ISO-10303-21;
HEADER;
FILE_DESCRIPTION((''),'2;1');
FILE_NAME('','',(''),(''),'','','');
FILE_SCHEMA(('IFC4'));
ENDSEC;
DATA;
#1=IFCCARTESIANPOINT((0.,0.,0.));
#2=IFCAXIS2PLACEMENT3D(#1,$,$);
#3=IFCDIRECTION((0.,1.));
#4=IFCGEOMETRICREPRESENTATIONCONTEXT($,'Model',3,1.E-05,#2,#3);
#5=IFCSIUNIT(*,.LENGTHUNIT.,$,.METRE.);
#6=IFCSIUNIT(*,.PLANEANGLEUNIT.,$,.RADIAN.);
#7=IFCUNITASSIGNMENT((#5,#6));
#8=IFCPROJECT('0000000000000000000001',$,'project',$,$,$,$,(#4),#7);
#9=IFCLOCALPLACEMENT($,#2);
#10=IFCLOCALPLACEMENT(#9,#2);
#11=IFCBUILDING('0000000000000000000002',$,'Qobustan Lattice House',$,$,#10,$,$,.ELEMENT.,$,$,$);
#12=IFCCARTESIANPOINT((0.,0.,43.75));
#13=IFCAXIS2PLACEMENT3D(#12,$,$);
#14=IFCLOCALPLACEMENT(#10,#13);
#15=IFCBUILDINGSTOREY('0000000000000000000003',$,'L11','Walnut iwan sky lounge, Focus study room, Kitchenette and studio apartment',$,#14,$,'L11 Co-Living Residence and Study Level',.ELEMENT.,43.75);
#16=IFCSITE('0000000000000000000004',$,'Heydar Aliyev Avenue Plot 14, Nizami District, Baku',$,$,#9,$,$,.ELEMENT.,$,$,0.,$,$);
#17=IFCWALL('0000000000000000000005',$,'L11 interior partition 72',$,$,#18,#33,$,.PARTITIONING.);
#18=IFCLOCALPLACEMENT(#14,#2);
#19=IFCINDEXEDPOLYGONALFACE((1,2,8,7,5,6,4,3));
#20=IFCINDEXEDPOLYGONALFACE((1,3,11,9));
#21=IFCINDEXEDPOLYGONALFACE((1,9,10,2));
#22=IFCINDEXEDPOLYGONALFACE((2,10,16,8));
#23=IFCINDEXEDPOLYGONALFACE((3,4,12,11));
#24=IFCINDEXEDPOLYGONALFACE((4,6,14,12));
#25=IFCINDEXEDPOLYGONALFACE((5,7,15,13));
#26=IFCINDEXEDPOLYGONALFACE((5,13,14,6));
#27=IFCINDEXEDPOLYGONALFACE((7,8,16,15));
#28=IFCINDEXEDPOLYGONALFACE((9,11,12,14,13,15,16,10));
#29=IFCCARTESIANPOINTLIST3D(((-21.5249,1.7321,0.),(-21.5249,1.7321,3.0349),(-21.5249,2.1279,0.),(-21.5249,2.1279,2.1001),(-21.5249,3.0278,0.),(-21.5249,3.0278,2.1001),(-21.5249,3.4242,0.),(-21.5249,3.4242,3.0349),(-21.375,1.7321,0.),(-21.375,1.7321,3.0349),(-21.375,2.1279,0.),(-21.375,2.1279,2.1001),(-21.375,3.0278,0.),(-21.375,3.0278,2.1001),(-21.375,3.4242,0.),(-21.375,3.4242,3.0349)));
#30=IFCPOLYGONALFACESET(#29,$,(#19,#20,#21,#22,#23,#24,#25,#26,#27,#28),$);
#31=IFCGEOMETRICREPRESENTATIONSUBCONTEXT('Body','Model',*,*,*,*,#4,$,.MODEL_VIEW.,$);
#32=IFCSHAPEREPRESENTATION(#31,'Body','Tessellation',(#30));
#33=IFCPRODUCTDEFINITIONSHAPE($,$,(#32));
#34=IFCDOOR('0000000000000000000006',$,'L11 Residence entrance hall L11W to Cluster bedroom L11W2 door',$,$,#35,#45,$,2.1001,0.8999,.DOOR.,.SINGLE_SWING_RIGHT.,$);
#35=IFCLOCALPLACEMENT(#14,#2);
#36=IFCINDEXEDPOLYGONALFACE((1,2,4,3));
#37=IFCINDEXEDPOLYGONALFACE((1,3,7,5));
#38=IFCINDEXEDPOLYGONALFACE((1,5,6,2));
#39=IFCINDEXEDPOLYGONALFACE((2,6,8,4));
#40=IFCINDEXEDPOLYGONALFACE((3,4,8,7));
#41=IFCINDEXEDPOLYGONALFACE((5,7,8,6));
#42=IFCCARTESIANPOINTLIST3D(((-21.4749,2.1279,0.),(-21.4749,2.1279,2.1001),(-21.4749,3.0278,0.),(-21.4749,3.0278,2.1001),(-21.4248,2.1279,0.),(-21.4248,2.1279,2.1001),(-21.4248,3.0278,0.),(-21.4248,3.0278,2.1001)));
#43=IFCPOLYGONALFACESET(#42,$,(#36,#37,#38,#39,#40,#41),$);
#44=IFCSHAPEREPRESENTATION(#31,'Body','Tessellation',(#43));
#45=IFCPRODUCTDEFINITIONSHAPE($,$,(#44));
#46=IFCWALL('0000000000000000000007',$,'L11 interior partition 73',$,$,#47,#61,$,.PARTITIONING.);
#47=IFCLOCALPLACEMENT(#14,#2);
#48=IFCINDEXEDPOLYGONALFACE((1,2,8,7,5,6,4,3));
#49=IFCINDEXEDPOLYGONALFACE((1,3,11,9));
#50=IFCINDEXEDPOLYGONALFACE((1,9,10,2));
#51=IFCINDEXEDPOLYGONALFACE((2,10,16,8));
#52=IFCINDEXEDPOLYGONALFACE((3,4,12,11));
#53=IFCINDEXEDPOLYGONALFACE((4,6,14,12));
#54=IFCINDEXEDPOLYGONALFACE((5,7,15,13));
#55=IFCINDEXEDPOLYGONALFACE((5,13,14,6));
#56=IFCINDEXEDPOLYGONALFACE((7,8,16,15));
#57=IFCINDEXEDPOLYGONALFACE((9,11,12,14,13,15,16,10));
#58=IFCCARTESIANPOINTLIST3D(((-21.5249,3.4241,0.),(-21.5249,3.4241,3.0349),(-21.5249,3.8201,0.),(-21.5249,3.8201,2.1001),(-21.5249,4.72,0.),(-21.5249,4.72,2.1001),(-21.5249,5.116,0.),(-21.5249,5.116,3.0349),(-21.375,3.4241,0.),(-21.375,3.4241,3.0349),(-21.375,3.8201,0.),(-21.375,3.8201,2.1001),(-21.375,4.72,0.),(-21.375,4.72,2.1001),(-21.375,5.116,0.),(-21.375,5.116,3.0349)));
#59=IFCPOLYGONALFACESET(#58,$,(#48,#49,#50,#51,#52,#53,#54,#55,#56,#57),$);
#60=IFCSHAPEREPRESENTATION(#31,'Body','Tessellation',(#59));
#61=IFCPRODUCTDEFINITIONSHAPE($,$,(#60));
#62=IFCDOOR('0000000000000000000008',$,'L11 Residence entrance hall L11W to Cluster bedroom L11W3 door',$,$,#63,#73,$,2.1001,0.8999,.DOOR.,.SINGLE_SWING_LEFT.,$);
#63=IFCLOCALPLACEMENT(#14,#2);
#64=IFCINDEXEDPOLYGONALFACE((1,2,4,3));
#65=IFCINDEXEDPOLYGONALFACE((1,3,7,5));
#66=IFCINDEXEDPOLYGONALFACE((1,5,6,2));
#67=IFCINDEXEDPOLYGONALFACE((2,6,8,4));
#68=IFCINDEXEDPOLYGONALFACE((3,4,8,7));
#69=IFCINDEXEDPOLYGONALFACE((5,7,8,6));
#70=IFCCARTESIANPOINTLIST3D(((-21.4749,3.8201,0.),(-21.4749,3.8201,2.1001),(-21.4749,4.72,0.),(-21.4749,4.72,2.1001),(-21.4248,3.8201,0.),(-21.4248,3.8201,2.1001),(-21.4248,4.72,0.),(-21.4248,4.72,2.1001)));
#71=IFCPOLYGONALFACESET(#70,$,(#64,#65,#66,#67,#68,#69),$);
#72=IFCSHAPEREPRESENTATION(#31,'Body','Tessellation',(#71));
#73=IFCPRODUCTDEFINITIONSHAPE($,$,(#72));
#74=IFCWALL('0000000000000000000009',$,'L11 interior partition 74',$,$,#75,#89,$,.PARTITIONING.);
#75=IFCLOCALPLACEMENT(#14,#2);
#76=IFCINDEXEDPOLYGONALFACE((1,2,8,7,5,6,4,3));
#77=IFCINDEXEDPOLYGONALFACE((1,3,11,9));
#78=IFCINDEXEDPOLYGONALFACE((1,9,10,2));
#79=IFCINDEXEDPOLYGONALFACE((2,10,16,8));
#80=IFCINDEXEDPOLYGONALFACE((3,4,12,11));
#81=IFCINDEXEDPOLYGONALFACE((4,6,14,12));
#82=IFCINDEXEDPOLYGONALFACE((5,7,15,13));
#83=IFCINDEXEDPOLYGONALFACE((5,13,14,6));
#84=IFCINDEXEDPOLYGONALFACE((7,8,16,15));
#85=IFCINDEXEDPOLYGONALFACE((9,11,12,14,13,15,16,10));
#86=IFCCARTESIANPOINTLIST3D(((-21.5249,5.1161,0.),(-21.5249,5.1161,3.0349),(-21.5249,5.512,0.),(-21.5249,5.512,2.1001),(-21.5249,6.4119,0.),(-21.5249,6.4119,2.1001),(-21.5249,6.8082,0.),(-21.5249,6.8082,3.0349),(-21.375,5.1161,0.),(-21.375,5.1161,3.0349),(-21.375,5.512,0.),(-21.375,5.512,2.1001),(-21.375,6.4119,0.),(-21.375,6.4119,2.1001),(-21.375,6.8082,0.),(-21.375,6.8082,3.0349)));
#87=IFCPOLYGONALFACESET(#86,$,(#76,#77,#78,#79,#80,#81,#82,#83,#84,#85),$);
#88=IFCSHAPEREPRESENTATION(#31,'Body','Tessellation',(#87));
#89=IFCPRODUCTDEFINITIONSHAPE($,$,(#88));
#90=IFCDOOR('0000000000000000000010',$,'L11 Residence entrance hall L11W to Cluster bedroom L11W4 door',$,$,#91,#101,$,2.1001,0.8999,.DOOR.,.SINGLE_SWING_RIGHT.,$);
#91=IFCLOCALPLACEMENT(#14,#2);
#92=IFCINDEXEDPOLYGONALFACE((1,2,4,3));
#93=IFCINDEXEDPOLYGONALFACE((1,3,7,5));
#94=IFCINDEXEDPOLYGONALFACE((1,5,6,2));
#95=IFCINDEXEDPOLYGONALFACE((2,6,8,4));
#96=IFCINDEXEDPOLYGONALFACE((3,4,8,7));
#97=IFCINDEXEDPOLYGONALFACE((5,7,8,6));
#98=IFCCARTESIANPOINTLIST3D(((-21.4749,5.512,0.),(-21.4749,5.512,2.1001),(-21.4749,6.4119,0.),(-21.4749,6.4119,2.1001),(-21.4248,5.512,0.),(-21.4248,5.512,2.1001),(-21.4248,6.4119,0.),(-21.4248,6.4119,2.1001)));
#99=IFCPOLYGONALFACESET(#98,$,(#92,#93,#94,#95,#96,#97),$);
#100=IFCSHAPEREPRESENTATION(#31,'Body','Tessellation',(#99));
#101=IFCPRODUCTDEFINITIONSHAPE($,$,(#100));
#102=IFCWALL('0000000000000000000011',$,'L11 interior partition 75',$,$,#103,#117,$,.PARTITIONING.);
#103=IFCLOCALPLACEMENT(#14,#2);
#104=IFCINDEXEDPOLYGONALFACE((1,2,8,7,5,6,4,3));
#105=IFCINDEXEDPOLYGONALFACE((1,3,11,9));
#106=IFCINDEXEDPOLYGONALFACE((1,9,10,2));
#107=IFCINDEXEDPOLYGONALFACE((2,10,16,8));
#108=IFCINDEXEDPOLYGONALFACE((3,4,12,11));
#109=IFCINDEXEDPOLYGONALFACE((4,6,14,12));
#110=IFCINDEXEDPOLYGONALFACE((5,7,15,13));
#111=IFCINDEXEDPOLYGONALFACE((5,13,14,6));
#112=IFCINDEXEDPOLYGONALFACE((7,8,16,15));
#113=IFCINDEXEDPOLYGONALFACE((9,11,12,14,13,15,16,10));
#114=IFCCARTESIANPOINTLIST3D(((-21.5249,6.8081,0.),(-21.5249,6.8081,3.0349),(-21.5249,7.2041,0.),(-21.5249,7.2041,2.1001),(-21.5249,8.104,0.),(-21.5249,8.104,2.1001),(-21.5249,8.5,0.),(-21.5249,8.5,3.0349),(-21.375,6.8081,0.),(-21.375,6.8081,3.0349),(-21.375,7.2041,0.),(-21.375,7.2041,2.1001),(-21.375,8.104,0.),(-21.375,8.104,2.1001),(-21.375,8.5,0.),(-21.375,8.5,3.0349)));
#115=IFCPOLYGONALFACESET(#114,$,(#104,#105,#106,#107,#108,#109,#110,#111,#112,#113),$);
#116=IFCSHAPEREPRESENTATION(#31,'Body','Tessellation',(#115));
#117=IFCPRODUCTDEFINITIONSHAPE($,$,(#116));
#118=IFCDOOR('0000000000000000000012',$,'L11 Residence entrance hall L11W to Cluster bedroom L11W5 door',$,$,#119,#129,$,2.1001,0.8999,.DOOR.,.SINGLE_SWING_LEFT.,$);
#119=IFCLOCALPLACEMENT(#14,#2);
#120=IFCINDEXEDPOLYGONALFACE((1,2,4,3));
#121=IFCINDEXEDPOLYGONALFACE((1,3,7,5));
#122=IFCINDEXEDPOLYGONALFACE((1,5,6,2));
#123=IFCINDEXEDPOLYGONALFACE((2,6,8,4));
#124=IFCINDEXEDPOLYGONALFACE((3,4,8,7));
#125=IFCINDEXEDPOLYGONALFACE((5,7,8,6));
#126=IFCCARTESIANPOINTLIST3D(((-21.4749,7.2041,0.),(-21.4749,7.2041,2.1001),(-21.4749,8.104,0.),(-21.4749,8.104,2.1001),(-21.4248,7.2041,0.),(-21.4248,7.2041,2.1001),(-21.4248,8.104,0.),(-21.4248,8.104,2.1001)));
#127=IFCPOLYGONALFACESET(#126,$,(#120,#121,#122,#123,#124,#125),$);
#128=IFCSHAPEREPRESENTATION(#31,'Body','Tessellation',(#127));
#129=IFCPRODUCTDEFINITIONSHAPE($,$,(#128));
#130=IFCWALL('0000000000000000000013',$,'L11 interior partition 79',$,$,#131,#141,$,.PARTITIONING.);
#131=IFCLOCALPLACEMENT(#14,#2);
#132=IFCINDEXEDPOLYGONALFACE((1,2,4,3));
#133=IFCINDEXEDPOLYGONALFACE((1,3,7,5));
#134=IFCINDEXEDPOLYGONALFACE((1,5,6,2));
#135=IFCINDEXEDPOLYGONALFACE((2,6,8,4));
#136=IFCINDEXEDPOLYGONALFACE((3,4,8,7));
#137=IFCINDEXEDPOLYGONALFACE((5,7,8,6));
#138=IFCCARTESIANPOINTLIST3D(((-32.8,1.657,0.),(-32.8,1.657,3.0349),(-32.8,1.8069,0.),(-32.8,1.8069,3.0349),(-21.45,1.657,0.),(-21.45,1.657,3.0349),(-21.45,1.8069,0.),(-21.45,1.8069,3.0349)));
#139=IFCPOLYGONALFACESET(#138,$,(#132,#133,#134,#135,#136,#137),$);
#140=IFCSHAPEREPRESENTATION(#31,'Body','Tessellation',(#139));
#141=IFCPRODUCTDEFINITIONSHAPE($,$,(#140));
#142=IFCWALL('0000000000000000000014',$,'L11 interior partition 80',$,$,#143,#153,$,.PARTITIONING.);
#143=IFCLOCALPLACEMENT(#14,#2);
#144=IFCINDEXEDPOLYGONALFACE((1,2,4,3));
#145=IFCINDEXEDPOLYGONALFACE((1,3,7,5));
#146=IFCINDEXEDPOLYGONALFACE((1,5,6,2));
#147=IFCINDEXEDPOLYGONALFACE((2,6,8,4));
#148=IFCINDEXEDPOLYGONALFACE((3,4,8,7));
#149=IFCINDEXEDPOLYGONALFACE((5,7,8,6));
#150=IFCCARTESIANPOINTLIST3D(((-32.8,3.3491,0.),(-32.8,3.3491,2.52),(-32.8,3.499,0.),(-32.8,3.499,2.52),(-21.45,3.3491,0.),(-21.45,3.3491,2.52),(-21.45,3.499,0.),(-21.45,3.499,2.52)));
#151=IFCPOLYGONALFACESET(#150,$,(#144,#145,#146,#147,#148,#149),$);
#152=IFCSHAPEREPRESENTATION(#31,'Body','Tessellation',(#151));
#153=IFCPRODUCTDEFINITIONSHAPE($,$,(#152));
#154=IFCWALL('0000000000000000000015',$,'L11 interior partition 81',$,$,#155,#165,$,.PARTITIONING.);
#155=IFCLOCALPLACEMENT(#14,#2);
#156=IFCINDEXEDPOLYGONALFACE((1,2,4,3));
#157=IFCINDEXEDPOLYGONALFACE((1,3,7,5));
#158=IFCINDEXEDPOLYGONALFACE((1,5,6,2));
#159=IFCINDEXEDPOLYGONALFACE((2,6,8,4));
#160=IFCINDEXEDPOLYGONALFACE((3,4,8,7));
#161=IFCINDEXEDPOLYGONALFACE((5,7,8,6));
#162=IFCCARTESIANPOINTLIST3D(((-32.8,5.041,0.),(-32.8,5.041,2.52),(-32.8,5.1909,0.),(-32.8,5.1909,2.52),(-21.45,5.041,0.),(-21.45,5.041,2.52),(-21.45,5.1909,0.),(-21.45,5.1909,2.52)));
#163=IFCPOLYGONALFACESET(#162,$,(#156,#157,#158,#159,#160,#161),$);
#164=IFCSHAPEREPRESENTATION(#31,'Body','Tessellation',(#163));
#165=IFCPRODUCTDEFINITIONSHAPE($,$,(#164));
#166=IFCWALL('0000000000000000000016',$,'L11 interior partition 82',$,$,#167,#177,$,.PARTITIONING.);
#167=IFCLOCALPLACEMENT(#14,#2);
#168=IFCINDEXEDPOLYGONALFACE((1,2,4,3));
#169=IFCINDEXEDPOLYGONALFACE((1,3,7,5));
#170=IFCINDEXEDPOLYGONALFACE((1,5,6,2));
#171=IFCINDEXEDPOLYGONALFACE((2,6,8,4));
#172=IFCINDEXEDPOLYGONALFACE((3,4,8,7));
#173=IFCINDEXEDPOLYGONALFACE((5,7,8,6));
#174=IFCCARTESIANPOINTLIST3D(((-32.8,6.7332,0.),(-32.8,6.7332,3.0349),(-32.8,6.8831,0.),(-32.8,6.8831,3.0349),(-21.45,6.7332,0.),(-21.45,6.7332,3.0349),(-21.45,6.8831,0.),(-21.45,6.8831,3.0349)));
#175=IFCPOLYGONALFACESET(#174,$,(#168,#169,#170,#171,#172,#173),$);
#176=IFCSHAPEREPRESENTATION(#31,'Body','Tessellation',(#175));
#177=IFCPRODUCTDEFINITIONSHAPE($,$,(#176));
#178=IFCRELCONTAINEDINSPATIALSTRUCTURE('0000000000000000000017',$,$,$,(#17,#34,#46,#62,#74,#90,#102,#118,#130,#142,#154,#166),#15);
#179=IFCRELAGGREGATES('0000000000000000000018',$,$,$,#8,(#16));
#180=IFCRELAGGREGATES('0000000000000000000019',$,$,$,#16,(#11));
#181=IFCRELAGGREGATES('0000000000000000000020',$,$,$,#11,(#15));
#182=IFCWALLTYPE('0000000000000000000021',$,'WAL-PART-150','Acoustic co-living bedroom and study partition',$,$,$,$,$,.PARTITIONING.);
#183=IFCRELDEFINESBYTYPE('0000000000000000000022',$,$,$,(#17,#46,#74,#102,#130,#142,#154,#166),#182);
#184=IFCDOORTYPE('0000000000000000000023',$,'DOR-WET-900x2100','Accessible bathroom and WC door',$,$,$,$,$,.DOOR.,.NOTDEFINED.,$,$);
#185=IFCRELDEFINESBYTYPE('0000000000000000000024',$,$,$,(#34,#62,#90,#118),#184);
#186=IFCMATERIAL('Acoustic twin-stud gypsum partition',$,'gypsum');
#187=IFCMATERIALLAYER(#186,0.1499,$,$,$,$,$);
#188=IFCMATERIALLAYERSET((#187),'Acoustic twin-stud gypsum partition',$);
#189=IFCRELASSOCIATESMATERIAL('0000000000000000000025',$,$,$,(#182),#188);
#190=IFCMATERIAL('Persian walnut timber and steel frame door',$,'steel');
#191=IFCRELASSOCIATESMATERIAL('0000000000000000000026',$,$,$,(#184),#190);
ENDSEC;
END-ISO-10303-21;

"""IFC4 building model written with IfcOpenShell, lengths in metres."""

from ifc_helpers import new_model, si_unit, direction, frame, frame_2d, origin, place, context, subcontext, project, spatial, rectangle, extrude, material, layer, layer_set, type_object, element, fill, save


model = new_model("IFC4")

# Units and contexts
model_context = context("Model", 3, precision=1e-05, world=origin(), true_north=direction((0.0, 1.0)))
body_context = subcontext(model_context, "Body", "Model", "MODEL_VIEW")
ifc_project = project(units=[si_unit("LENGTHUNIT", "METRE"), si_unit("PLANEANGLEUNIT", "RADIAN")], contexts=[model_context])

# Site, building, storey
site_placement = place(None, origin())
site = spatial("IfcSite", under=ifc_project, at=site_placement, Name="Heydar Aliyev Avenue Plot 14, Nizami District, Baku", CompositionType="ELEMENT", RefElevation=0.0)
building_placement = place(site_placement, origin())
building = spatial("IfcBuilding", under=site, at=building_placement, Name="Qobustan Lattice House", CompositionType="ELEMENT")
storey_placement = place(building_placement, frame((0.0, 0.0, 43.75)))
storey = spatial("IfcBuildingStorey", under=building, at=storey_placement, Name="L11", Description="Walnut iwan sky lounge, Focus study room, Kitchenette and studio apartment", LongName="L11 Co-Living Residence and Study Level", CompositionType="ELEMENT", Elevation=43.75)

# Shared definitions
ifc_material_1 = material(Name="Acoustic twin-stud gypsum partition", Category="gypsum")
ifc_layer_1 = layer(ifc_material_1, 0.1499)
ifc_layer_set_1 = layer_set([ifc_layer_1], Name="Acoustic twin-stud gypsum partition")
wall_type_1 = type_object("IfcWallType", Name="WAL-PART-150", Description="Acoustic co-living bedroom and study partition", PredefinedType="PARTITIONING", material=ifc_layer_set_1)

# Walls, openings, doors
wall_1_placement = place(storey_placement, frame((-21.45, 1.7319, 0.0), z_axis=(0.0, 0.0, 1.0), x_axis=(0.0, 1.0, 0.0)))
wall_1 = element("IfcWall", 1, at=wall_1_placement, inside=storey, type_object=wall_type_1, Name="L11 interior partition 72", PredefinedType="PARTITIONING", context=body_context, shape_type="SweptSolid", body=[
    extrude(rectangle(XDim=1.6921, YDim=0.1499, at=frame_2d((0.8462, 0.0))), origin(), (0.0, 0.0, 1.0), 3.0349),
])
opening_1_placement = place(wall_1_placement, frame((0.396, 0.0, 0.0)))
opening_1 = element("IfcOpeningElement", 2, at=opening_1_placement, cuts=wall_1, PredefinedType="OPENING", context=body_context, shape_type="SweptSolid", body=[
    extrude(rectangle(XDim=0.8999, YDim=2.1001, at=frame_2d((0.45, 1.05))), frame((0.0, 0.085, 0.0), z_axis=(0.0, -1.0, 0.0), x_axis=(1.0, 0.0, 0.0)), (0.0, 0.0, 1.0), 0.1699),
])
ifc_material_2 = material(Name="Persian walnut timber and steel frame door", Category="steel")
door_type_1 = type_object("IfcDoorType", Name="DOR-WET-900x2100", Description="Accessible bathroom and WC door", OperationType="NOTDEFINED", PredefinedType="DOOR", material=ifc_material_2)
door_1_placement = place(opening_1_placement, origin())
door_1 = element("IfcDoor", 3, at=door_1_placement, inside=storey, type_object=door_type_1, Name="L11 Residence entrance hall L11W to Cluster bedroom L11W2 door", OperationType="SINGLE_SWING_RIGHT", OverallHeight=2.1001, OverallWidth=0.8999, PredefinedType="DOOR", context=body_context, shape_type="SweptSolid", body=[
    extrude(rectangle(XDim=0.8999, YDim=2.1001, at=frame_2d((0.45, 1.05))), frame((0.0, 0.0249, 0.0), z_axis=(0.0, -1.0, 0.0), x_axis=(1.0, 0.0, 0.0)), (0.0, 0.0, 1.0), 0.05),
])
fill(opening_1, door_1)
wall_2_placement = place(storey_placement, frame((-21.45, 3.4241, 0.0), z_axis=(0.0, 0.0, 1.0), x_axis=(0.0, 1.0, 0.0)))
wall_2 = element("IfcWall", 4, at=wall_2_placement, inside=storey, type_object=wall_type_1, Name="L11 interior partition 73", PredefinedType="PARTITIONING", context=body_context, shape_type="SweptSolid", body=[
    extrude(rectangle(XDim=1.6919, YDim=0.1499, at=frame_2d((0.8459, 0.0))), origin(), (0.0, 0.0, 1.0), 3.0349),
])
opening_2_placement = place(wall_2_placement, frame((0.396, 0.0, 0.0)))
opening_2 = element("IfcOpeningElement", 5, at=opening_2_placement, cuts=wall_2, PredefinedType="OPENING", context=body_context, shape_type="SweptSolid", body=[
    extrude(rectangle(XDim=0.8999, YDim=2.1001, at=frame_2d((0.45, 1.05))), frame((0.0, 0.085, 0.0), z_axis=(0.0, -1.0, 0.0), x_axis=(1.0, 0.0, 0.0)), (0.0, 0.0, 1.0), 0.1699),
])
door_2_placement = place(opening_2_placement, origin())
door_2 = element("IfcDoor", 6, at=door_2_placement, inside=storey, type_object=door_type_1, Name="L11 Residence entrance hall L11W to Cluster bedroom L11W3 door", OperationType="SINGLE_SWING_LEFT", OverallHeight=2.1001, OverallWidth=0.8999, PredefinedType="DOOR", context=body_context, shape_type="SweptSolid", body=[
    extrude(rectangle(XDim=0.8999, YDim=2.1001, at=frame_2d((0.45, 1.05))), frame((0.0, 0.0249, 0.0), z_axis=(0.0, -1.0, 0.0), x_axis=(1.0, 0.0, 0.0)), (0.0, 0.0, 1.0), 0.05),
])
fill(opening_2, door_2)
wall_3_placement = place(storey_placement, frame((-21.45, 5.116, 0.0), z_axis=(0.0, 0.0, 1.0), x_axis=(0.0, 1.0, 0.0)))
wall_3 = element("IfcWall", 7, at=wall_3_placement, inside=storey, type_object=wall_type_1, Name="L11 interior partition 74", PredefinedType="PARTITIONING", context=body_context, shape_type="SweptSolid", body=[
    extrude(rectangle(XDim=1.6921, YDim=0.1499, at=frame_2d((0.8462, 0.0))), origin(), (0.0, 0.0, 1.0), 3.0349),
])
opening_3_placement = place(wall_3_placement, frame((0.396, 0.0, 0.0)))
opening_3 = element("IfcOpeningElement", 8, at=opening_3_placement, cuts=wall_3, PredefinedType="OPENING", context=body_context, shape_type="SweptSolid", body=[
    extrude(rectangle(XDim=0.8999, YDim=2.1001, at=frame_2d((0.45, 1.05))), frame((0.0, 0.085, 0.0), z_axis=(0.0, -1.0, 0.0), x_axis=(1.0, 0.0, 0.0)), (0.0, 0.0, 1.0), 0.1699),
])
door_3_placement = place(opening_3_placement, origin())
door_3 = element("IfcDoor", 9, at=door_3_placement, inside=storey, type_object=door_type_1, Name="L11 Residence entrance hall L11W to Cluster bedroom L11W4 door", OperationType="SINGLE_SWING_RIGHT", OverallHeight=2.1001, OverallWidth=0.8999, PredefinedType="DOOR", context=body_context, shape_type="SweptSolid", body=[
    extrude(rectangle(XDim=0.8999, YDim=2.1001, at=frame_2d((0.45, 1.05))), frame((0.0, 0.0249, 0.0), z_axis=(0.0, -1.0, 0.0), x_axis=(1.0, 0.0, 0.0)), (0.0, 0.0, 1.0), 0.05),
])
fill(opening_3, door_3)
wall_4_placement = place(storey_placement, frame((-21.45, 6.8081, 0.0), z_axis=(0.0, 0.0, 1.0), x_axis=(0.0, 1.0, 0.0)))
wall_4 = element("IfcWall", 10, at=wall_4_placement, inside=storey, type_object=wall_type_1, Name="L11 interior partition 75", PredefinedType="PARTITIONING", context=body_context, shape_type="SweptSolid", body=[
    extrude(rectangle(XDim=1.6919, YDim=0.1499, at=frame_2d((0.8459, 0.0))), origin(), (0.0, 0.0, 1.0), 3.0349),
])
opening_4_placement = place(wall_4_placement, frame((0.396, 0.0, 0.0)))
opening_4 = element("IfcOpeningElement", 11, at=opening_4_placement, cuts=wall_4, PredefinedType="OPENING", context=body_context, shape_type="SweptSolid", body=[
    extrude(rectangle(XDim=0.8999, YDim=2.1001, at=frame_2d((0.45, 1.05))), frame((0.0, 0.085, 0.0), z_axis=(0.0, -1.0, 0.0), x_axis=(1.0, 0.0, 0.0)), (0.0, 0.0, 1.0), 0.1699),
])
door_4_placement = place(opening_4_placement, origin())
door_4 = element("IfcDoor", 12, at=door_4_placement, inside=storey, type_object=door_type_1, Name="L11 Residence entrance hall L11W to Cluster bedroom L11W5 door", OperationType="SINGLE_SWING_LEFT", OverallHeight=2.1001, OverallWidth=0.8999, PredefinedType="DOOR", context=body_context, shape_type="SweptSolid", body=[
    extrude(rectangle(XDim=0.8999, YDim=2.1001, at=frame_2d((0.45, 1.05))), frame((0.0, 0.0249, 0.0), z_axis=(0.0, -1.0, 0.0), x_axis=(1.0, 0.0, 0.0)), (0.0, 0.0, 1.0), 0.05),
])
fill(opening_4, door_4)

# Walls
wall_5_placement = place(storey_placement, frame((-32.8, 1.7319, 0.0), z_axis=(0.0, 0.0, 1.0), x_axis=(1.0, 0.0, 0.0)))
element("IfcWall", 13, at=wall_5_placement, inside=storey, type_object=wall_type_1, Name="L11 interior partition 79", PredefinedType="PARTITIONING", context=body_context, shape_type="SweptSolid", body=[
    extrude(rectangle(XDim=11.3501, YDim=0.1499, at=frame_2d((5.675, 0.0))), origin(), (0.0, 0.0, 1.0), 3.0349),
])
for number, where, z_axis, x_axis, name in (
    (14, (-32.8, 3.4241, 0.0), (0.0, 0.0, 1.0), (1.0, 0.0, 0.0), "L11 interior partition 80"),
    (15, (-32.8, 5.116, 0.0), (0.0, 0.0, 1.0), (1.0, 0.0, 0.0), "L11 interior partition 81"),
):
    element("IfcWall", number, at=place(storey_placement, frame(where, z_axis=z_axis, x_axis=x_axis)), inside=storey, type_object=wall_type_1, Name=name, PredefinedType="PARTITIONING", context=body_context, shape_type="SweptSolid", body=[
        extrude(rectangle(XDim=11.3501, YDim=0.1499, at=frame_2d((5.675, 0.0))), origin(), (0.0, 0.0, 1.0), 2.52),
    ])
wall_6_placement = place(storey_placement, frame((-32.8, 6.8081, 0.0), z_axis=(0.0, 0.0, 1.0), x_axis=(1.0, 0.0, 0.0)))
element("IfcWall", 16, at=wall_6_placement, inside=storey, type_object=wall_type_1, Name="L11 interior partition 82", PredefinedType="PARTITIONING", context=body_context, shape_type="SweptSolid", body=[
    extrude(rectangle(XDim=11.3501, YDim=0.1499, at=frame_2d((5.675, 0.0))), origin(), (0.0, 0.0, 1.0), 3.0349),
])

save(model, "model.ifc")
